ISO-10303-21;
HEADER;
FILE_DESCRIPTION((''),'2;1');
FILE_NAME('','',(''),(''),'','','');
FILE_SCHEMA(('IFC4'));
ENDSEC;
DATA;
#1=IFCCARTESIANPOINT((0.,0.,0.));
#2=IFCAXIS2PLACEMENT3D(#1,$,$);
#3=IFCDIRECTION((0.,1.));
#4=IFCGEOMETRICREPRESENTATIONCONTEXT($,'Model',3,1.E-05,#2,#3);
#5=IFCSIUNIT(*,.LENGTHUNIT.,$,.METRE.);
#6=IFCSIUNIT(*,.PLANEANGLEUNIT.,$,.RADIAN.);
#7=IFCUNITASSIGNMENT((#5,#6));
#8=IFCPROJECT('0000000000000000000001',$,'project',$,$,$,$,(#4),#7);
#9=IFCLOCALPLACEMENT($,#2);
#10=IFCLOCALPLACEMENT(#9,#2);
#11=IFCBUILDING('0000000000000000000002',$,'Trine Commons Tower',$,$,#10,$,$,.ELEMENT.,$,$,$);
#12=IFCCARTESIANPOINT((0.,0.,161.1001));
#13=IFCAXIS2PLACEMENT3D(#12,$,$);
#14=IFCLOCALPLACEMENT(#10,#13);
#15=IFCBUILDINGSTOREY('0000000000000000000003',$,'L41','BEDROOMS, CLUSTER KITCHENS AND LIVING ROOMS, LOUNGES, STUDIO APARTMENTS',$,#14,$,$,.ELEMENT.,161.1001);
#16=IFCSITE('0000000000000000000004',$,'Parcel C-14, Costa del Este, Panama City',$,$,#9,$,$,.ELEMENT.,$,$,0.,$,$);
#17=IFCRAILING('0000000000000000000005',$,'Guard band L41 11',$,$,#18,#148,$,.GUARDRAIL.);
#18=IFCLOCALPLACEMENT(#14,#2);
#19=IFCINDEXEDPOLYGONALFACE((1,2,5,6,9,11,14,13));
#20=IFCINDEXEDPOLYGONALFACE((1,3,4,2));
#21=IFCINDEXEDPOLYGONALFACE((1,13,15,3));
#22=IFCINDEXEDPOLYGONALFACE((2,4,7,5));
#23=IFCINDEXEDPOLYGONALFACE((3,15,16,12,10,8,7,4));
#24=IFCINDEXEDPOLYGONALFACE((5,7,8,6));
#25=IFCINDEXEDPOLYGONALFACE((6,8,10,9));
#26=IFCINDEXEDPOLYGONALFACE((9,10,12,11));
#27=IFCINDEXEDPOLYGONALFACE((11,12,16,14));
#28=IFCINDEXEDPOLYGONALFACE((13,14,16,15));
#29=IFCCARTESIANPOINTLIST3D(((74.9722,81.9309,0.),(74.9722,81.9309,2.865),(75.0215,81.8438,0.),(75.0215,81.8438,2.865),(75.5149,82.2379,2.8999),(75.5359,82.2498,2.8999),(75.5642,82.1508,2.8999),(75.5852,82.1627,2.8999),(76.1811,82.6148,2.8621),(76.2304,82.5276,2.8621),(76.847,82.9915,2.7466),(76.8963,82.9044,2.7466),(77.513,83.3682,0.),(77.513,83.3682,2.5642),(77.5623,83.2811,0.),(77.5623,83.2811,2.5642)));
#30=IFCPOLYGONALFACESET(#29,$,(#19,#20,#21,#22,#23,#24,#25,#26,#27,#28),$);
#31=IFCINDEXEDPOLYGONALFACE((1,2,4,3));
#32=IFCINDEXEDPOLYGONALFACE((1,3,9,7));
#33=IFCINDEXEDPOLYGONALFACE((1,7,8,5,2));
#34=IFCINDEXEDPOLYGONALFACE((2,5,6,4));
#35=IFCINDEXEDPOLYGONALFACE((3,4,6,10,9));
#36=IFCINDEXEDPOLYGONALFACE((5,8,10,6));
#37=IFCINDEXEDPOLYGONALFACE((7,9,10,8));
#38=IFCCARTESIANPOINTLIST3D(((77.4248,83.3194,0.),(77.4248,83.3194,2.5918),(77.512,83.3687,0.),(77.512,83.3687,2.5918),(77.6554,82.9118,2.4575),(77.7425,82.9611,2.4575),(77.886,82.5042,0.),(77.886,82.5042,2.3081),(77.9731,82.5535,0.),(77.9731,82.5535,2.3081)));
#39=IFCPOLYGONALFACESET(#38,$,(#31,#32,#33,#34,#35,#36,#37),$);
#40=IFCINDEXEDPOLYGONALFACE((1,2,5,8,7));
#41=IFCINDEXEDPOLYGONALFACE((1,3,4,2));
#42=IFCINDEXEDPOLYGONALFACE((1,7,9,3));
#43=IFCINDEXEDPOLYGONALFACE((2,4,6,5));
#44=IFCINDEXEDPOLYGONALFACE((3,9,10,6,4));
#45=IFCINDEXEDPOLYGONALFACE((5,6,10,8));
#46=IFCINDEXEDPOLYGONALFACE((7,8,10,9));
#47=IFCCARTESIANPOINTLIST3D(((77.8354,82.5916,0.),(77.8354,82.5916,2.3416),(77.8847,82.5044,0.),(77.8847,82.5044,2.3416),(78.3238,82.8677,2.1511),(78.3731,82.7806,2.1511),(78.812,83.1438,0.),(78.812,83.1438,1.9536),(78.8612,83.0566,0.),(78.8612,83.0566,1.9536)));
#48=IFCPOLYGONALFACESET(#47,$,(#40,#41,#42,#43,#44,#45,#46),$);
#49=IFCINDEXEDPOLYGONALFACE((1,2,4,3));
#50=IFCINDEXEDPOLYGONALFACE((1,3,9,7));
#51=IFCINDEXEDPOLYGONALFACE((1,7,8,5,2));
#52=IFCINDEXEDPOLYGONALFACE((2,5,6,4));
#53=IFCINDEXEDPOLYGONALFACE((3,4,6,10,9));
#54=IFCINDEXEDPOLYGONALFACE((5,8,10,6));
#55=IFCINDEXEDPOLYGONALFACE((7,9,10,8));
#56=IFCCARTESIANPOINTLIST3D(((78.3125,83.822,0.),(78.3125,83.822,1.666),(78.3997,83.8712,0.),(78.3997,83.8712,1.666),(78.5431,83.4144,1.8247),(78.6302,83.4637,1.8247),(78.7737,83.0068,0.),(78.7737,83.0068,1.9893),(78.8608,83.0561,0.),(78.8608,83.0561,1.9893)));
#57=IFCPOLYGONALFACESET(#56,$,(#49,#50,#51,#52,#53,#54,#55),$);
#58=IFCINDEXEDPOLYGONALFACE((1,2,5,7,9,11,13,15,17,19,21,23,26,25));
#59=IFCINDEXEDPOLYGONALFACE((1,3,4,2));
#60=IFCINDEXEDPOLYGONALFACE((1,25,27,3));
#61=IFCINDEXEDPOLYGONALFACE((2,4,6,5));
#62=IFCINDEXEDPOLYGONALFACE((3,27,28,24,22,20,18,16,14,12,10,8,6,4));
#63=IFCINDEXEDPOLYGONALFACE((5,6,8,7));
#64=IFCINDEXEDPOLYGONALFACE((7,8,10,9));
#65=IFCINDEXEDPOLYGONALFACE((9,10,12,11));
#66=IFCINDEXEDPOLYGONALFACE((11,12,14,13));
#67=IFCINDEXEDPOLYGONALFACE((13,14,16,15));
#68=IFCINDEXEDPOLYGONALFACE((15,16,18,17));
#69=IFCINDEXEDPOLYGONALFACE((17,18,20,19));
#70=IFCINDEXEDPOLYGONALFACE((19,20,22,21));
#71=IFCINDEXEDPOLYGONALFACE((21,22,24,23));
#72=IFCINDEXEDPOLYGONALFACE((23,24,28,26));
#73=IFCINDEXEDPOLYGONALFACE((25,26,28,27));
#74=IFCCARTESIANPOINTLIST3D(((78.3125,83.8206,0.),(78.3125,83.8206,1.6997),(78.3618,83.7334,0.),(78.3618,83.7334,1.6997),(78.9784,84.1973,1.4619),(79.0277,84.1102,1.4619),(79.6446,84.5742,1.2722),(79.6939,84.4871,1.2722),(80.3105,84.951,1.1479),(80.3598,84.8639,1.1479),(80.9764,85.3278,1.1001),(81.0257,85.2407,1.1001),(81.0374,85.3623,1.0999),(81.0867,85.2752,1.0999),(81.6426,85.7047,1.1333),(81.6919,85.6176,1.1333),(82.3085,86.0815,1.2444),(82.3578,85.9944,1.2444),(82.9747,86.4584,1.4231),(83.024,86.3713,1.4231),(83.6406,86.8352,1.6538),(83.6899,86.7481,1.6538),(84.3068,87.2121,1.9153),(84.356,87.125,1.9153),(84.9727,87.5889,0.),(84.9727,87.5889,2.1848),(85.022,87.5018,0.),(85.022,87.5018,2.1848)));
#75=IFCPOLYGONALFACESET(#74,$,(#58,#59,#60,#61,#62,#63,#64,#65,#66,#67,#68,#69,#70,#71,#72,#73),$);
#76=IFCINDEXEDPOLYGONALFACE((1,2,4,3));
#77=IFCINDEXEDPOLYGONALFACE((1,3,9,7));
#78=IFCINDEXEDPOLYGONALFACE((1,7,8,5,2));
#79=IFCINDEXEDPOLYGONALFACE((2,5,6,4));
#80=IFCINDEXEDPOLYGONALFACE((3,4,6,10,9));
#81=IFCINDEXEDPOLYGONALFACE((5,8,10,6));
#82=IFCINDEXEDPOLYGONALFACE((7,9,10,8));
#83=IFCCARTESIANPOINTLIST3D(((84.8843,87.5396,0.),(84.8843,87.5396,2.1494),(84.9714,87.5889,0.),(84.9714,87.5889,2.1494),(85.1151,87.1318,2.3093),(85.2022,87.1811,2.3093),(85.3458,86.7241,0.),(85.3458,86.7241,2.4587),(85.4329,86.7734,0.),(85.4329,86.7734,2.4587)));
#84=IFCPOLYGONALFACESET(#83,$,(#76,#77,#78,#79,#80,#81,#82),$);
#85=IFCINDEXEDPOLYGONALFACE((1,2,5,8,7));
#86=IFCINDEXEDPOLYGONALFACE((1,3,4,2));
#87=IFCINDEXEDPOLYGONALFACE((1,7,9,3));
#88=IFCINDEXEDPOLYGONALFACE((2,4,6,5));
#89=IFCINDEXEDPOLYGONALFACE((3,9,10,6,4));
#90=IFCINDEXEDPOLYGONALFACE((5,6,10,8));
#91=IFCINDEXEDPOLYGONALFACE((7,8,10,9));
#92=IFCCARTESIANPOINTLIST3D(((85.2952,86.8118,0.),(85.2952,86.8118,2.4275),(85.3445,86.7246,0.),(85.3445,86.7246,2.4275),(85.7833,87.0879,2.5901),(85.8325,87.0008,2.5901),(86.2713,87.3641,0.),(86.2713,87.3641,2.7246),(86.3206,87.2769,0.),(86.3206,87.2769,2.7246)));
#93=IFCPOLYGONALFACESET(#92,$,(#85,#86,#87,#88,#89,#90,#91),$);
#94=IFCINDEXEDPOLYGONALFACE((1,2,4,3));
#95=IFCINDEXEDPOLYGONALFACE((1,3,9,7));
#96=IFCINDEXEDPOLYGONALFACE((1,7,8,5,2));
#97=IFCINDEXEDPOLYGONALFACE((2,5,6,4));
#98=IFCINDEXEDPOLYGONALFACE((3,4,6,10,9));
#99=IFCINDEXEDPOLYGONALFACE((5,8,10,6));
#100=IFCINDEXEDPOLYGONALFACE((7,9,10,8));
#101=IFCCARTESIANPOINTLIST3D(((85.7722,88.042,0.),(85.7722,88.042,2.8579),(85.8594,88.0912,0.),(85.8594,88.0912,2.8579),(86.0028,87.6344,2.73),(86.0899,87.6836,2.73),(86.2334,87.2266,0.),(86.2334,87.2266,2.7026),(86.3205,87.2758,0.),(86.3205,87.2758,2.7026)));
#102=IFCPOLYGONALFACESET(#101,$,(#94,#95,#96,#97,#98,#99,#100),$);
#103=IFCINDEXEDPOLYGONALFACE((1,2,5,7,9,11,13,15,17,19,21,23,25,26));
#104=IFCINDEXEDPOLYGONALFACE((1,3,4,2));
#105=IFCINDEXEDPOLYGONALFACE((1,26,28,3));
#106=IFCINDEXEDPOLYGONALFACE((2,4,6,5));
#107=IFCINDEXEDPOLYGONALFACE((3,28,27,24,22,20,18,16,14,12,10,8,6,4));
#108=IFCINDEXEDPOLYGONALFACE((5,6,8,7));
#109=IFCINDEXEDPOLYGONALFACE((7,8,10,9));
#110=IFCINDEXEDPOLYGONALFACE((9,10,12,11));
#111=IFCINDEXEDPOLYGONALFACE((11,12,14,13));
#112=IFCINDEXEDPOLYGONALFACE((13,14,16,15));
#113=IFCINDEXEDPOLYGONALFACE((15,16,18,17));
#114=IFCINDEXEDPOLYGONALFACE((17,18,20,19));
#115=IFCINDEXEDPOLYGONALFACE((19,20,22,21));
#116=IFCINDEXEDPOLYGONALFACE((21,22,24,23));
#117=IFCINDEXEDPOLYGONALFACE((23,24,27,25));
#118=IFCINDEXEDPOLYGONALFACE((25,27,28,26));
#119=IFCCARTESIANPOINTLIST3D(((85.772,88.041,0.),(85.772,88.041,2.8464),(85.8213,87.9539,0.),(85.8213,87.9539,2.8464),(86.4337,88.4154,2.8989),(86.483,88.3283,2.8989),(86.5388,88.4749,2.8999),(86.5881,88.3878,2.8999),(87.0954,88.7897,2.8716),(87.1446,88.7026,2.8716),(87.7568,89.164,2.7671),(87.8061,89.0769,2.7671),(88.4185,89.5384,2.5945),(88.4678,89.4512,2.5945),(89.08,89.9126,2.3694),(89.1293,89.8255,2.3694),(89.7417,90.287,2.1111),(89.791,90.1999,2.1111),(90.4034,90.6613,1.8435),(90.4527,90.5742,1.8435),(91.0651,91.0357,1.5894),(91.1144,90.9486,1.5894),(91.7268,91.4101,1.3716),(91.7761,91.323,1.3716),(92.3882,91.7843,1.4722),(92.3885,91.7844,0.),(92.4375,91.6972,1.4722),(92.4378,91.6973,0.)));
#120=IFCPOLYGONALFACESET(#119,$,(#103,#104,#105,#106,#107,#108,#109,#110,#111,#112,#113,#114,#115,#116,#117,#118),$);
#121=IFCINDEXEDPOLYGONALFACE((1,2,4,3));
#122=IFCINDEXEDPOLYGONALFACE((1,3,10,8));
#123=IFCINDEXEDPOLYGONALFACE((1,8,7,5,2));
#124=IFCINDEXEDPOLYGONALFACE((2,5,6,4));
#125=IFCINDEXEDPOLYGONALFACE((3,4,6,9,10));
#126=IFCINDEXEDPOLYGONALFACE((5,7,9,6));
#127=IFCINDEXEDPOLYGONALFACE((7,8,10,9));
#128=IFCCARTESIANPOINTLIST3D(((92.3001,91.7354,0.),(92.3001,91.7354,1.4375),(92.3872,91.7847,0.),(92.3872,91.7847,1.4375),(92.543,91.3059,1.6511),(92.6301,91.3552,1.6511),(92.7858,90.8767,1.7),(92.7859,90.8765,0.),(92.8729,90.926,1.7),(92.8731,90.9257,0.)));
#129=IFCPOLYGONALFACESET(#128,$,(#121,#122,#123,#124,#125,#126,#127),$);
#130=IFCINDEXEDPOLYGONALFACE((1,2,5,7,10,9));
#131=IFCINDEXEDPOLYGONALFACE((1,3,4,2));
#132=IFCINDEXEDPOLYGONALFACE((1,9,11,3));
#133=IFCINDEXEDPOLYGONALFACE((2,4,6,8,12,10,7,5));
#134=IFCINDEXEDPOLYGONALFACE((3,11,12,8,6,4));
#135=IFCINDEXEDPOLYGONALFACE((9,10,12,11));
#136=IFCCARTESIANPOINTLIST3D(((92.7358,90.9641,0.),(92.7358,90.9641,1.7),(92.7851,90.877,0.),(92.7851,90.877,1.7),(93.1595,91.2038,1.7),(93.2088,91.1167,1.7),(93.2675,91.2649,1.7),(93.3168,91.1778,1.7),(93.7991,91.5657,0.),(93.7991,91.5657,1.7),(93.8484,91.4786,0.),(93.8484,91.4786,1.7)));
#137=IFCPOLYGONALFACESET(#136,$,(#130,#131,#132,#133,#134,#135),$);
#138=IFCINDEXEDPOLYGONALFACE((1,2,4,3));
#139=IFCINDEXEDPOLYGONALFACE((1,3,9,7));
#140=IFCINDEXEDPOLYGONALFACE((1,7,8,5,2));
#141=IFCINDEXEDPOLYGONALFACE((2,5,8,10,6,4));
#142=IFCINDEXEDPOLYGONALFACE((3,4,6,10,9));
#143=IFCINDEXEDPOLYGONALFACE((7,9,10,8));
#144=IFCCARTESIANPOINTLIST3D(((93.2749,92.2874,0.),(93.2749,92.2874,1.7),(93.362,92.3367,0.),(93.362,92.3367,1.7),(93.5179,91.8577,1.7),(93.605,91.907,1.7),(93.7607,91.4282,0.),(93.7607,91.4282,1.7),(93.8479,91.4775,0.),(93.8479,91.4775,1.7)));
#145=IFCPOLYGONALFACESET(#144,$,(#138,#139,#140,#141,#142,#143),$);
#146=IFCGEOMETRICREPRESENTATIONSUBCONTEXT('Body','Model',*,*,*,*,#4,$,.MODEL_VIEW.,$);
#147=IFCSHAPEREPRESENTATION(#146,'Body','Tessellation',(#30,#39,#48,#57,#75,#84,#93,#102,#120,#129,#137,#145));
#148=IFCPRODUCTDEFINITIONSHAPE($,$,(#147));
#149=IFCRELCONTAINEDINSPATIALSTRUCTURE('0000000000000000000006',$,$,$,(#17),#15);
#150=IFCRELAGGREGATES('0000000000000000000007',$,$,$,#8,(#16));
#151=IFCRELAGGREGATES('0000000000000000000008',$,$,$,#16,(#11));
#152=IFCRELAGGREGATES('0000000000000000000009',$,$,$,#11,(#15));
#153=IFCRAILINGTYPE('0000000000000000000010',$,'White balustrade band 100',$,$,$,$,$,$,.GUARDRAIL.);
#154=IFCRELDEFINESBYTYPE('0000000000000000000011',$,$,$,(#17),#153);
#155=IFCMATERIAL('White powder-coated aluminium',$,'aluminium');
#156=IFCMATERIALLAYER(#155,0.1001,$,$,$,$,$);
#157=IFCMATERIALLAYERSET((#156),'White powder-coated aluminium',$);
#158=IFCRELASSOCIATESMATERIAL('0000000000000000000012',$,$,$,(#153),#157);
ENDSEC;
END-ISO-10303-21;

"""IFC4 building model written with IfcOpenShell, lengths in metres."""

from ifc_helpers import new_model, si_unit, direction, frame, origin, place, context, subcontext, project, spatial, polyline, outline, extrude, material, layer, layer_set, type_object, element, save


model = new_model("IFC4")

# Units and contexts
model_context = context("Model", 3, precision=1e-05, world=origin(), true_north=direction((0.0, 1.0)))
body_context = subcontext(model_context, "Body", "Model", "MODEL_VIEW")
ifc_project = project(units=[si_unit("LENGTHUNIT", "METRE"), si_unit("PLANEANGLEUNIT", "RADIAN")], contexts=[model_context])

# Site, building, storey
site_placement = place(None, origin())
site = spatial("IfcSite", under=ifc_project, at=site_placement, Name="Parcel C-14, Costa del Este, Panama City", CompositionType="ELEMENT", RefElevation=0.0)
building_placement = place(site_placement, origin())
building = spatial("IfcBuilding", under=site, at=building_placement, Name="Trine Commons Tower", CompositionType="ELEMENT")
storey_placement = place(building_placement, frame((0.0, 0.0, 161.1001)))
storey = spatial("IfcBuildingStorey", under=building, at=storey_placement, Name="L41", Description="BEDROOMS, CLUSTER KITCHENS AND LIVING ROOMS, LOUNGES, STUDIO APARTMENTS", CompositionType="ELEMENT", Elevation=161.1001)

# Railing
ifc_material_1 = material(Name="White powder-coated aluminium", Category="aluminium")
ifc_layer_1 = layer(ifc_material_1, 0.1001)
ifc_layer_set_1 = layer_set([ifc_layer_1], Name="White powder-coated aluminium")
railing_type = type_object("IfcRailingType", Name="White balustrade band 100", PredefinedType="GUARDRAIL", material=ifc_layer_set_1)
railing_1_placement = place(storey_placement, origin())
element("IfcRailing", 1, at=railing_1_placement, inside=storey, type_object=railing_type, Name="Guard band L41 11", PredefinedType="GUARDRAIL", context=body_context, shape_type="SweptSolid", body=[
    extrude(outline(polyline([(0.0, 0.0), (2.9192, 0.0), (2.9192, 2.5642), (2.1541, 2.7466), (1.3889, 2.8621), (0.6477, 2.8999), (0.6235, 2.8999), (0.0, 2.865), (0.0, 0.0)])), frame((74.9722, 81.9309, 0.0), z_axis=(0.49236, -0.870391, 0.0), x_axis=(0.870391, 0.49236, 0.0)), (0.0, 0.0, 1.0), 0.1001),
    extrude(outline(polyline([(0.0, 0.0), (0.9365, 0.0), (0.9365, 2.3081), (0.4683, 2.4575), (0.0, 2.5918), (0.0, 0.0)])), frame((77.512, 83.3687, 0.0), z_axis=(-0.870369, -0.492401, 0.0), x_axis=(0.492401, -0.870369, 0.0)), (0.0, 0.0, 1.0), 0.1001),
    extrude(outline(polyline([(0.0, 0.0), (1.1218, 0.0), (1.1218, 1.9536), (0.561, 2.1511), (0.0, 2.3416), (0.0, 0.0)])), frame((77.8354, 82.5916, 0.0), z_axis=(0.492244, -0.870457, 0.0), x_axis=(0.870457, 0.492244, 0.0)), (0.0, 0.0, 1.0), 0.1001),
    extrude(outline(polyline([(0.0, 0.0), (0.9365, 0.0), (0.9365, 1.666), (0.4683, 1.8247), (0.0, 1.9893), (0.0, 0.0)])), frame((78.7737, 83.0068, 0.0), z_axis=(0.870369, 0.492401, 0.0), x_axis=(-0.492401, 0.870369, 0.0)), (0.0, 0.0, 1.0), 0.1001),
    extrude(outline(polyline([(0.0, 0.0), (7.6523, 0.0), (7.6523, 2.1848), (6.8872, 1.9153), (6.1218, 1.6538), (5.3567, 1.4231), (4.5913, 1.2444), (3.8262, 1.1333), (3.1309, 1.0999), (3.0608, 1.1001), (2.2957, 1.1479), (1.5305, 1.2722), (0.7651, 1.4619), (0.0, 1.6997), (0.0, 0.0)])), frame((78.3125, 83.8206, 0.0), z_axis=(0.492441, -0.870346, 0.0), x_axis=(0.870346, 0.492441, 0.0)), (0.0, 0.0, 1.0), 0.1001),
    extrude(outline(polyline([(0.0, 0.0), (0.937, 0.0), (0.937, 2.4587), (0.4685, 2.3093), (0.0, 2.1494), (0.0, 0.0)])), frame((84.9714, 87.5889, 0.0), z_axis=(-0.87032, -0.492487, 0.0), x_axis=(0.492487, -0.87032, 0.0)), (0.0, 0.0, 1.0), 0.1001),
    extrude(outline(polyline([(0.0, 0.0), (1.1216, 0.0), (1.1216, 2.7246), (0.5608, 2.5901), (0.0, 2.4275), (0.0, 0.0)])), frame((85.2952, 86.8118, 0.0), z_axis=(0.49243, -0.870352, 0.0), x_axis=(0.870352, 0.49243, 0.0)), (0.0, 0.0, 1.0), 0.1001),
    extrude(outline(polyline([(0.0, 0.0), (0.9368, 0.0), (0.9368, 2.8579), (0.4685, 2.73), (0.0, 2.7026), (0.0, 0.0)])), frame((86.2334, 87.2266, 0.0), z_axis=(0.870432, 0.492289, 0.0), x_axis=(-0.492289, 0.870432, 0.0)), (0.0, 0.0, 1.0), 0.1001),
    extrude(outline(polyline([(0.0, 0.0), (7.6021, 0.0), (7.6018, 1.4722), (6.8418, 1.3716), (6.0815, 1.5894), (5.3213, 1.8435), (4.561, 2.1111), (3.8008, 2.3694), (3.0408, 2.5945), (2.2805, 2.7671), (1.5205, 2.8716), (0.8811, 2.8999), (0.7603, 2.8989), (0.0, 2.8464), (0.0, 0.0)])), frame((85.772, 88.041, 0.0), z_axis=(0.492423, -0.870356, 0.0), x_axis=(0.870356, 0.492423, 0.0)), (0.0, 0.0, 1.0), 0.1001),
    extrude(outline(polyline([(0.0, 0.0), (0.9868, 0.0), (0.9866, 1.7), (0.4934, 1.6511), (0.0, 1.4375), (0.0, 0.0)])), frame((92.3872, 91.7847, 0.0), z_axis=(-0.870397, -0.492351, 0.0), x_axis=(0.492351, -0.870397, 0.0)), (0.0, 0.0, 1.0), 0.1001),
    extrude(outline(polyline([(0.0, 0.0), (1.2217, 0.0), (1.2217, 1.7), (0.6108, 1.7), (0.4868, 1.7), (0.0, 1.7), (0.0, 0.0)])), frame((92.7358, 90.9641, 0.0), z_axis=(0.492433, -0.870351, 0.0), x_axis=(0.870351, 0.492433, 0.0)), (0.0, 0.0, 1.0), 0.1001),
    extrude(outline(polyline([(0.0, 0.0), (0.9871, 0.0), (0.9871, 1.7), (0.4934, 1.7), (0.0, 1.7), (0.0, 0.0)])), frame((93.7607, 91.4282, 0.0), z_axis=(0.870457, 0.492245, 0.0), x_axis=(-0.492245, 0.870457, 0.0)), (0.0, 0.0, 1.0), 0.1001),
])

save(model, "model.ifc")
